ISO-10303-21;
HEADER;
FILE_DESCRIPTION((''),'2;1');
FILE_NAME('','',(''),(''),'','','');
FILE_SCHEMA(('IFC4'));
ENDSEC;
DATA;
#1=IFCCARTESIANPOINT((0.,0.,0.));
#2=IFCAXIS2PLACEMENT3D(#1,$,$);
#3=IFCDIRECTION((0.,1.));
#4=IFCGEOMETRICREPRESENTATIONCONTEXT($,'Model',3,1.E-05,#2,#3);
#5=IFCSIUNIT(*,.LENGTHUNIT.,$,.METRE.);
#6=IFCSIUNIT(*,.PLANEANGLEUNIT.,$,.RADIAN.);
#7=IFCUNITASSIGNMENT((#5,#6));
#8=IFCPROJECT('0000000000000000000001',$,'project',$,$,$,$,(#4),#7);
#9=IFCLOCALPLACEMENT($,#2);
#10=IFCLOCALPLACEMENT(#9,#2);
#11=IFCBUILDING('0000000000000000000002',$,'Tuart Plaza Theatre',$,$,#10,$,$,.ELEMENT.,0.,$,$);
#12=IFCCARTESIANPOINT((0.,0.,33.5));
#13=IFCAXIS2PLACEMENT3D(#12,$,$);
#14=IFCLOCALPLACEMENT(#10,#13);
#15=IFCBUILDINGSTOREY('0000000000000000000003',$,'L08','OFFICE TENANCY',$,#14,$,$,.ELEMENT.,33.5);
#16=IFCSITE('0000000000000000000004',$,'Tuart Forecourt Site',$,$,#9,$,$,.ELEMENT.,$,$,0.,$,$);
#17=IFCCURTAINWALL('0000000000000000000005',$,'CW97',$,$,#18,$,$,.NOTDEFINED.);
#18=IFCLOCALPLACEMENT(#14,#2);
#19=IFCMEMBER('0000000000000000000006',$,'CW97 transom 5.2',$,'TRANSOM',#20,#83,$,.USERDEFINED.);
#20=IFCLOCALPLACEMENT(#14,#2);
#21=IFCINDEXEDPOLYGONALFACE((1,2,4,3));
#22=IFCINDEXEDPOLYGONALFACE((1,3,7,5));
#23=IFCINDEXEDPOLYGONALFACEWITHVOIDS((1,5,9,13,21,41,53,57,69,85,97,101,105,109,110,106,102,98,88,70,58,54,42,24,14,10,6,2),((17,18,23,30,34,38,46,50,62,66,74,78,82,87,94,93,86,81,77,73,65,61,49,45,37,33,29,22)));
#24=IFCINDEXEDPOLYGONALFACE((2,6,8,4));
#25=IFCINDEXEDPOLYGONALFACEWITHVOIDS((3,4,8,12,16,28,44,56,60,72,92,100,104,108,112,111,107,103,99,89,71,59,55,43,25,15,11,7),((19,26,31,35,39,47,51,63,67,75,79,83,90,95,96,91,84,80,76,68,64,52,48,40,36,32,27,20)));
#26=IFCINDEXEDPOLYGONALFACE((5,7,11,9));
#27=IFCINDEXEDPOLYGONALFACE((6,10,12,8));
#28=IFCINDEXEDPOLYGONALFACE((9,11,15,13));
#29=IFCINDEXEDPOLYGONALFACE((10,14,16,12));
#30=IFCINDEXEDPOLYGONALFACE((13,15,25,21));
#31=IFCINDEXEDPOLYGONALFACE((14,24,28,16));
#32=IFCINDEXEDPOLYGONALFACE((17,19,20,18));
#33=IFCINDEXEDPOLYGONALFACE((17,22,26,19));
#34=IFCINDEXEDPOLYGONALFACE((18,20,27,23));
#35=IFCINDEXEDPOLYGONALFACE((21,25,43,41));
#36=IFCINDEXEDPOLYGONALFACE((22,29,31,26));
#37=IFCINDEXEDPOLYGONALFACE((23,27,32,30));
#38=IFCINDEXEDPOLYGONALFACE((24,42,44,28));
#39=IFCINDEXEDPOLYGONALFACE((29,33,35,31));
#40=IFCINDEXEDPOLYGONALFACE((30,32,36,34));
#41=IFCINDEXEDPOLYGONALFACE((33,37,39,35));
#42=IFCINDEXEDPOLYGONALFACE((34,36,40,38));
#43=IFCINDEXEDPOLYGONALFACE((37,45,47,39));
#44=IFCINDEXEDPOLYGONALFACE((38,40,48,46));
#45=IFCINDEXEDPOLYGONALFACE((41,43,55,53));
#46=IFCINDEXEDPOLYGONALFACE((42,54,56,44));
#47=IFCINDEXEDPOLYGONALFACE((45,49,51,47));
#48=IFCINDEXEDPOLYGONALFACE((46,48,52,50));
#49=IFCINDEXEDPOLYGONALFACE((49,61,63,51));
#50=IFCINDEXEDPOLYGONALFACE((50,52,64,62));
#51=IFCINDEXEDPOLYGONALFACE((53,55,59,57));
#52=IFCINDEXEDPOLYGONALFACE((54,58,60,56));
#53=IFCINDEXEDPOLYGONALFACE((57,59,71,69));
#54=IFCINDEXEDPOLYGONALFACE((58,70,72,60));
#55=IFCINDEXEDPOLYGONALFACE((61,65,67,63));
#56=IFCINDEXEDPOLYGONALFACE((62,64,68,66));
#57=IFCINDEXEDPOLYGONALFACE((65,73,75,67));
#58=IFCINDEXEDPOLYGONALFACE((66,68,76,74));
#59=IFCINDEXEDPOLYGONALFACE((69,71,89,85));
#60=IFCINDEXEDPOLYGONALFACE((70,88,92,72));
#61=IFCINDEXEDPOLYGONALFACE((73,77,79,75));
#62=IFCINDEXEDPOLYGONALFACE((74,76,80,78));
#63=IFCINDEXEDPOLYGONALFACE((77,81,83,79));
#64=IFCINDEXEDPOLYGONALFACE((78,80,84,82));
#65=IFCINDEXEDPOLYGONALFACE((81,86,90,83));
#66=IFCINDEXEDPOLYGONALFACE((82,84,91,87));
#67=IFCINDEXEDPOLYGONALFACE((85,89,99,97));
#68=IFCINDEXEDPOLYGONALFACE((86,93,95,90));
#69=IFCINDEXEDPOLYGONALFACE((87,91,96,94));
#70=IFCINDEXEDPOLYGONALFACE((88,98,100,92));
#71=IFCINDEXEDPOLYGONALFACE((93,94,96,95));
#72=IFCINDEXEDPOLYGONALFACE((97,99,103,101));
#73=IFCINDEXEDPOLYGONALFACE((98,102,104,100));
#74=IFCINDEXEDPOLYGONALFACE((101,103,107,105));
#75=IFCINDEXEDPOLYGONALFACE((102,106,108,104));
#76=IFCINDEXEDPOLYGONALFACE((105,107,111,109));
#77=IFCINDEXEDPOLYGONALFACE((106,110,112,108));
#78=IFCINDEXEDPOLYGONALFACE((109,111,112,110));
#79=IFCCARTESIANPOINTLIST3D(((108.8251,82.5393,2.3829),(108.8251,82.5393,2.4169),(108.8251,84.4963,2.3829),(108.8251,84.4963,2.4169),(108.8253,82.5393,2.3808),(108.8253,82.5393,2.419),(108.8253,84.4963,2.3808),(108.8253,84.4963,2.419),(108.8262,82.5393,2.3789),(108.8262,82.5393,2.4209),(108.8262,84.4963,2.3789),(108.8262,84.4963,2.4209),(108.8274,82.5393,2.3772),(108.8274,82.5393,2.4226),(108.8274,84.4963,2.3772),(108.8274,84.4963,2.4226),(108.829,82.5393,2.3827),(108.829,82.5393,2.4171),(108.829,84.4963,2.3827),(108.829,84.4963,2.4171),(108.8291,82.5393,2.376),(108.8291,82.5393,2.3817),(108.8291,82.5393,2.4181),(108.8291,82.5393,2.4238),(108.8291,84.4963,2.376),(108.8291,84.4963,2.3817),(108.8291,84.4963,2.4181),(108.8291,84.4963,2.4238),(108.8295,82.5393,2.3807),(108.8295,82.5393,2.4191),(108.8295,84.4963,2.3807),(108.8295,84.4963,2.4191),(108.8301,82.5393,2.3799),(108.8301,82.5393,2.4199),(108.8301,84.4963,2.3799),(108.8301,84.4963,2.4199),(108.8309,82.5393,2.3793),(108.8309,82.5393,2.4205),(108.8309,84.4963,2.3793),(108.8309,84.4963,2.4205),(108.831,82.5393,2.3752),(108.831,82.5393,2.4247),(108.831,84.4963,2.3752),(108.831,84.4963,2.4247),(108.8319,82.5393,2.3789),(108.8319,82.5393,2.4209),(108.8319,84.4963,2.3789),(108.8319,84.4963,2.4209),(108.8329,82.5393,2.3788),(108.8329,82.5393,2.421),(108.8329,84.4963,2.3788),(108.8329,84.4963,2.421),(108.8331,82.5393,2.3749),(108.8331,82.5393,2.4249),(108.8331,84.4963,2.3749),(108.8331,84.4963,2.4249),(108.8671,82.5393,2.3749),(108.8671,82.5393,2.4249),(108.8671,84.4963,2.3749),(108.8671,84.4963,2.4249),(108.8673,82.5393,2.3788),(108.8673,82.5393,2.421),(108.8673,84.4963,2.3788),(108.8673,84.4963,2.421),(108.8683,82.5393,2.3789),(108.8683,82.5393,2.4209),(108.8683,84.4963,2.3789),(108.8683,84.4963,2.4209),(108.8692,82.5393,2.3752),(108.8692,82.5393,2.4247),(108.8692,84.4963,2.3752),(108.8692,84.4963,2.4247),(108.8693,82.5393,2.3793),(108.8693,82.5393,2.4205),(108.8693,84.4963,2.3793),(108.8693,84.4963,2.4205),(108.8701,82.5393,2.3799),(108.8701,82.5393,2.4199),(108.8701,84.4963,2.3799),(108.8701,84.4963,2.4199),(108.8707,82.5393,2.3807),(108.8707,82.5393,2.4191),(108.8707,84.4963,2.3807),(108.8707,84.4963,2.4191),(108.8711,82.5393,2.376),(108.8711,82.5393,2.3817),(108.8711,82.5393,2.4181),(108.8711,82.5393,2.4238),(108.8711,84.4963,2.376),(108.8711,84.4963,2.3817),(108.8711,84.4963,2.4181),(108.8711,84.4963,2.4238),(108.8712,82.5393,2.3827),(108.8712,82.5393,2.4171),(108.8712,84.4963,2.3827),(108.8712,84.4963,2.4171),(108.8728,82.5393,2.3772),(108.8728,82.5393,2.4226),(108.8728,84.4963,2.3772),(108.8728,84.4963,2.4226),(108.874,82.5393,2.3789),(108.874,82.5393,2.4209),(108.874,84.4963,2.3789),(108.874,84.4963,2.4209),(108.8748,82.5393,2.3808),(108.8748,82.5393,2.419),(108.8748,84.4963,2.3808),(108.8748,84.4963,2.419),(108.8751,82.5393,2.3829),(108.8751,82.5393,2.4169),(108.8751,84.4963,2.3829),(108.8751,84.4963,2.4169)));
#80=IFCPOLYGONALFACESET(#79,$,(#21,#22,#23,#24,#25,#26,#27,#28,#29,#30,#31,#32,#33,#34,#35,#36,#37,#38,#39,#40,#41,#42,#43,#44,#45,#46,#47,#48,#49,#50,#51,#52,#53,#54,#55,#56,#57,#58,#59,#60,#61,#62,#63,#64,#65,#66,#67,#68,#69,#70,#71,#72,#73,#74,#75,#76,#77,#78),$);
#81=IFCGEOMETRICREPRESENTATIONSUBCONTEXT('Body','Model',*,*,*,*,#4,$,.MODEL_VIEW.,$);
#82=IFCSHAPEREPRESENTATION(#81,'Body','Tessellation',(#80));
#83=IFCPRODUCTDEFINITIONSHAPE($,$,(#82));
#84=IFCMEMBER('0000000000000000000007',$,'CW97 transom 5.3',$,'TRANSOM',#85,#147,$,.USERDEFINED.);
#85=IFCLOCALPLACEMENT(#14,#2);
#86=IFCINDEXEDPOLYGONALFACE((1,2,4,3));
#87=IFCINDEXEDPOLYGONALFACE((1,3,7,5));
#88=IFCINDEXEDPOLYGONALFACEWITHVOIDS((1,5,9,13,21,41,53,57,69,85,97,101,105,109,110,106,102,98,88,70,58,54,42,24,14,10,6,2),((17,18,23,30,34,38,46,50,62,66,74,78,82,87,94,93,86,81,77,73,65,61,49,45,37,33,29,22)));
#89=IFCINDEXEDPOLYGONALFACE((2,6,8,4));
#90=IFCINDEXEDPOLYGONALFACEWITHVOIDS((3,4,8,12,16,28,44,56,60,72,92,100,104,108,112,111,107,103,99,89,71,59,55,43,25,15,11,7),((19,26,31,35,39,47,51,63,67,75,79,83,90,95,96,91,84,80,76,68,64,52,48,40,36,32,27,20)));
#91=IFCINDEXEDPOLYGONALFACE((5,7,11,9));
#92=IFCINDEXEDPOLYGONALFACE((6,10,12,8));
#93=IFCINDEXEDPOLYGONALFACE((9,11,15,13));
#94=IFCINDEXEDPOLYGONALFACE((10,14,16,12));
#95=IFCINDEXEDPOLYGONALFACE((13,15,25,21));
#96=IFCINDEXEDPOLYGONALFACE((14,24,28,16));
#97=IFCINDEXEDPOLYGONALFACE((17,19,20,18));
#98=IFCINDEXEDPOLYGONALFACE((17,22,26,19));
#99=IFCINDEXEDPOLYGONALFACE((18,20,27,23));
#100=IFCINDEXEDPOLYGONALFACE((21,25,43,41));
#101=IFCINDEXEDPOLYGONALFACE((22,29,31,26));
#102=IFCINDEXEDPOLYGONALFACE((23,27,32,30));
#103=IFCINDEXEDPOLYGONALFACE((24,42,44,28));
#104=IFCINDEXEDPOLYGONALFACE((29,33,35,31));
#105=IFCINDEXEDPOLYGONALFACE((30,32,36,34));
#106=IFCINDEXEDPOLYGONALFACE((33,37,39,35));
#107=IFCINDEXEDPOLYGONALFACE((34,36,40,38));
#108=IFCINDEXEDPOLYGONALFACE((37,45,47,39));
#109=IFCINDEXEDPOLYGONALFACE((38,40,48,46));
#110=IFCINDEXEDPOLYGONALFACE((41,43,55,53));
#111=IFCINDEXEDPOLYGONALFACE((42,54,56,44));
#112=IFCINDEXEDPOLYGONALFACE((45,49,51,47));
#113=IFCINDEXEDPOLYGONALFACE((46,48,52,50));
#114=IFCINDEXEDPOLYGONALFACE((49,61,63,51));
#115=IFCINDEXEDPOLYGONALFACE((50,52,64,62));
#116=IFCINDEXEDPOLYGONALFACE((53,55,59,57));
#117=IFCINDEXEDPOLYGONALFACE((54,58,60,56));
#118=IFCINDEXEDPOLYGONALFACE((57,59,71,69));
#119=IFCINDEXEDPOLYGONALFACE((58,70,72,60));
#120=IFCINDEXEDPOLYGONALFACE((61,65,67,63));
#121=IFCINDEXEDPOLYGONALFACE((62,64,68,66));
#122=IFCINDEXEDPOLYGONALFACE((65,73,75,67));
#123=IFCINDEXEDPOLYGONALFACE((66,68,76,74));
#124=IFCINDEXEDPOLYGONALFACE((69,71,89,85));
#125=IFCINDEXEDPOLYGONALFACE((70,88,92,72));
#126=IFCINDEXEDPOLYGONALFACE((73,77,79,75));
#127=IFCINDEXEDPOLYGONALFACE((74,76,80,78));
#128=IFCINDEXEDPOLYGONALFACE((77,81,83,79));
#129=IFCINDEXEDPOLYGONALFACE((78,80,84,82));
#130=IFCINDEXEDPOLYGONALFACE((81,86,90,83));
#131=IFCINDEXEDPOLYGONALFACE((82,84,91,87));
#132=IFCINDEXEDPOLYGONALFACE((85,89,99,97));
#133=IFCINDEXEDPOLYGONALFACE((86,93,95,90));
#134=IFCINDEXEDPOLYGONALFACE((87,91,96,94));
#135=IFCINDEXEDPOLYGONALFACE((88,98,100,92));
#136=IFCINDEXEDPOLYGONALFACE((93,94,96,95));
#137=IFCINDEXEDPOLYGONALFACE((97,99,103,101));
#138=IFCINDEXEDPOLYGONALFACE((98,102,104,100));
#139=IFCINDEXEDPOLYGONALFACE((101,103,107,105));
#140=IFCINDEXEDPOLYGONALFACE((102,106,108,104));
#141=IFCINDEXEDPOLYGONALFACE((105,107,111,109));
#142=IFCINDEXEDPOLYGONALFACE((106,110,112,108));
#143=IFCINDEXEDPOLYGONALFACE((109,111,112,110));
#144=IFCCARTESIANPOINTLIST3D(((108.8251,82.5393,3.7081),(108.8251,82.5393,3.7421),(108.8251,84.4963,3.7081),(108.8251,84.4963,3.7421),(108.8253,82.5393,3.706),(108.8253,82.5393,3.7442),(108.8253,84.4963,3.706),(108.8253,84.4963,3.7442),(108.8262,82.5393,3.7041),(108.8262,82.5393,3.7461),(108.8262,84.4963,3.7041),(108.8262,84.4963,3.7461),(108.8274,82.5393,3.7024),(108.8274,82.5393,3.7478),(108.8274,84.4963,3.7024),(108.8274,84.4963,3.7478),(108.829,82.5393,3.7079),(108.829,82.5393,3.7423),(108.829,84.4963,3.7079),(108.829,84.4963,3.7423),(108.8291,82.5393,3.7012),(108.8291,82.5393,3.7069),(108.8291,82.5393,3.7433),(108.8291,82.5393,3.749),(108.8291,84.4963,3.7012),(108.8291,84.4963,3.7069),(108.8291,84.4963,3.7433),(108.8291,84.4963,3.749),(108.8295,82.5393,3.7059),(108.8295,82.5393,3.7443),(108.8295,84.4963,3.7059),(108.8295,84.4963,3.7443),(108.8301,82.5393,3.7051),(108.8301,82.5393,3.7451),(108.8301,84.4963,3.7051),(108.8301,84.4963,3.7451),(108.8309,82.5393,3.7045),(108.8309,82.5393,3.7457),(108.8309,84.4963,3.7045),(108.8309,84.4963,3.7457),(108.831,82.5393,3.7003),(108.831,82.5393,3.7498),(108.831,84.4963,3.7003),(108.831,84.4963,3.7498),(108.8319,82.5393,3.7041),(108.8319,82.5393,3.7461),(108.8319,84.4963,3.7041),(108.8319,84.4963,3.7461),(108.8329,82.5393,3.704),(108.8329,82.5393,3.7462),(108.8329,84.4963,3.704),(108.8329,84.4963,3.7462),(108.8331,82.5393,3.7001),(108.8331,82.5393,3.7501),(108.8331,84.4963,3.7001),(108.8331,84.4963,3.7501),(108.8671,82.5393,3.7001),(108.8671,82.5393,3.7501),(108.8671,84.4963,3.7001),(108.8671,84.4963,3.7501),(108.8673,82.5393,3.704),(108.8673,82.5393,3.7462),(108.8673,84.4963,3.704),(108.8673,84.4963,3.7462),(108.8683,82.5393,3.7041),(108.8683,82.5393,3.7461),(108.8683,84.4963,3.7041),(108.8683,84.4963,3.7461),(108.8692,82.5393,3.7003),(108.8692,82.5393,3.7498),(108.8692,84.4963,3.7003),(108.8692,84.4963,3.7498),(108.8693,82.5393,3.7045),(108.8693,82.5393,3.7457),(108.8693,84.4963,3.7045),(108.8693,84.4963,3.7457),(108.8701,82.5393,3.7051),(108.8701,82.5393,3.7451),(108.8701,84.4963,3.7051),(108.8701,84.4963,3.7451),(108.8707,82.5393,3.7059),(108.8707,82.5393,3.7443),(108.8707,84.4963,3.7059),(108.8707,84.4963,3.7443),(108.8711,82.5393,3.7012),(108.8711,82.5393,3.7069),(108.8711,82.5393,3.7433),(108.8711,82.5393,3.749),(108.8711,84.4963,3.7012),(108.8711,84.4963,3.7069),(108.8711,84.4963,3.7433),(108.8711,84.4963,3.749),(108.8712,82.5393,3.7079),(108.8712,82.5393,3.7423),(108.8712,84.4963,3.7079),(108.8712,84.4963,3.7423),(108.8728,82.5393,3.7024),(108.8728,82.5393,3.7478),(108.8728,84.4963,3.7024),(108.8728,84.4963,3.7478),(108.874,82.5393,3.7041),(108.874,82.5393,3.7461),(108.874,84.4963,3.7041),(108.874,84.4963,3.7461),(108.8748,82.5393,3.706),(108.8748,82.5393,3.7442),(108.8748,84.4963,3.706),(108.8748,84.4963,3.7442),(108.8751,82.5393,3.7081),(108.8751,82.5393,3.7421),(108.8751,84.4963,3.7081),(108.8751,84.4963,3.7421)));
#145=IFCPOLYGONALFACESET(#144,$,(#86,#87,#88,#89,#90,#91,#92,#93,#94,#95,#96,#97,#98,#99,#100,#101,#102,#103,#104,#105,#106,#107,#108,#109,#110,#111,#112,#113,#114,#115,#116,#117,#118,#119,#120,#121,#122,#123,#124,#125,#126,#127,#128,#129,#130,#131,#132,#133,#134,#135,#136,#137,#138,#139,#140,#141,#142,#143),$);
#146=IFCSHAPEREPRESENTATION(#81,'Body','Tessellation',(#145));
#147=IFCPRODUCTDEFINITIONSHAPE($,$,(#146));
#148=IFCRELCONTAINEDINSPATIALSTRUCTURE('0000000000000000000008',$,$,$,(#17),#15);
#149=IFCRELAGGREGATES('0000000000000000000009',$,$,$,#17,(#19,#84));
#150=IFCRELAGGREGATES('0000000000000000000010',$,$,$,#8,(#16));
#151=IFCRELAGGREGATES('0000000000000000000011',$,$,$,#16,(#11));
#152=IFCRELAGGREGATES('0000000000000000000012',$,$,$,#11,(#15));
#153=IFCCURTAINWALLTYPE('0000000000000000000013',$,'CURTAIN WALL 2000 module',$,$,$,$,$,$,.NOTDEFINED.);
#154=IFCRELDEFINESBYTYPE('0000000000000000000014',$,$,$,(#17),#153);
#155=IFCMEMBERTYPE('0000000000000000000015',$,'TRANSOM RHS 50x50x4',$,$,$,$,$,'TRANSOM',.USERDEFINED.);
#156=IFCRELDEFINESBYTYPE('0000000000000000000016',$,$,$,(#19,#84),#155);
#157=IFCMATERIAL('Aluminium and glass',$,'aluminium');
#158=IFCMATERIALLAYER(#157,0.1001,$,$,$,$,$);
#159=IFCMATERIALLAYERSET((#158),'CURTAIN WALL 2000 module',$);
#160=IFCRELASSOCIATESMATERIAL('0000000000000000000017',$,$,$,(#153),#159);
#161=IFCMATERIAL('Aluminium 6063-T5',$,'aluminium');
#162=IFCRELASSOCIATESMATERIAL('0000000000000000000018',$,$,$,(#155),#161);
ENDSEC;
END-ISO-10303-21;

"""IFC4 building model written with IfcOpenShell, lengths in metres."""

from ifc_helpers import new_model, si_unit, direction, frame, origin, origin_2d, place, context, subcontext, project, spatial, hollow_rectangle, extrude, material, layer, layer_set, material_profile, profile_set, type_object, element, aggregate, save


model = new_model("IFC4")

# Units and contexts
model_context = context("Model", 3, precision=1e-05, world=origin(), true_north=direction((0.0, 1.0)))
body_context = subcontext(model_context, "Body", "Model", "MODEL_VIEW")
ifc_project = project(units=[si_unit("LENGTHUNIT", "METRE"), si_unit("PLANEANGLEUNIT", "RADIAN")], contexts=[model_context])

# Site, building, storey
site_placement = place(None, origin())
site = spatial("IfcSite", under=ifc_project, at=site_placement, Name="Tuart Forecourt Site", CompositionType="ELEMENT", RefElevation=0.0)
building_placement = place(site_placement, origin())
building = spatial("IfcBuilding", under=site, at=building_placement, Name="Tuart Plaza Theatre", CompositionType="ELEMENT", ElevationOfRefHeight=0.0)
storey_placement = place(building_placement, frame((0.0, 0.0, 33.5)))
storey = spatial("IfcBuildingStorey", under=building, at=storey_placement, Name="L08", Description="OFFICE TENANCY", CompositionType="ELEMENT", Elevation=33.5)

# Curtain wall, members
ifc_material_1 = material(Name="Aluminium and glass", Category="aluminium")
ifc_layer_1 = layer(ifc_material_1, 0.1001)
ifc_layer_set_1 = layer_set([ifc_layer_1], Name="CURTAIN WALL 2000 module")
curtain_wall_type = type_object("IfcCurtainWallType", Name="CURTAIN WALL 2000 module", PredefinedType="NOTDEFINED", material=ifc_layer_set_1)
curtain_wall_placement = place(storey_placement, origin())
curtain_wall = element("IfcCurtainWall", 1, at=curtain_wall_placement, inside=storey, type_object=curtain_wall_type, Name="CW97", PredefinedType="NOTDEFINED")
ifc_material_2 = material(Name="Aluminium 6063-T5", Category="aluminium")
ifc_material_profile_1 = material_profile(ifc_material_2, hollow_rectangle(XDim=0.05, YDim=0.05, WallThickness=0.0039, InnerFilletRadius=0.0039, OuterFilletRadius=0.0081, at=origin_2d()), Name="RHS 50x50x4")
ifc_profile_set_1 = profile_set([ifc_material_profile_1], Name="Aluminium 6063-T5")
member_type = type_object("IfcMemberType", Name="TRANSOM RHS 50x50x4", ElementType="TRANSOM", PredefinedType="USERDEFINED", material=ifc_profile_set_1)
member_1_placement = place(storey_placement, frame((108.8501, 84.4963, 2.3999), z_axis=(0.0, -1.0, 0.0), x_axis=(1.0, 0.0, 0.0)))
member_1 = element("IfcMember", 2, at=member_1_placement, type_object=member_type, Name="CW97 transom 5.2", ObjectType="TRANSOM", PredefinedType="USERDEFINED", context=body_context, shape_type="SweptSolid", body=[
    extrude(hollow_rectangle(XDim=0.05, YDim=0.05, WallThickness=0.0039, InnerFilletRadius=0.0039, OuterFilletRadius=0.0081, at=origin_2d()), origin(), (0.0, 0.0, 1.0), 1.957),
])
member_2_placement = place(storey_placement, frame((108.8501, 84.4963, 3.7251), z_axis=(0.0, -1.0, 0.0), x_axis=(1.0, 0.0, 0.0)))
member_2 = element("IfcMember", 3, at=member_2_placement, type_object=member_type, Name="CW97 transom 5.3", ObjectType="TRANSOM", PredefinedType="USERDEFINED", context=body_context, shape_type="SweptSolid", body=[
    extrude(hollow_rectangle(XDim=0.05, YDim=0.05, WallThickness=0.0039, InnerFilletRadius=0.0039, OuterFilletRadius=0.0081, at=origin_2d()), origin(), (0.0, 0.0, 1.0), 1.957),
])
aggregate(curtain_wall, [member_1, member_2])

save(model, "model.ifc")
